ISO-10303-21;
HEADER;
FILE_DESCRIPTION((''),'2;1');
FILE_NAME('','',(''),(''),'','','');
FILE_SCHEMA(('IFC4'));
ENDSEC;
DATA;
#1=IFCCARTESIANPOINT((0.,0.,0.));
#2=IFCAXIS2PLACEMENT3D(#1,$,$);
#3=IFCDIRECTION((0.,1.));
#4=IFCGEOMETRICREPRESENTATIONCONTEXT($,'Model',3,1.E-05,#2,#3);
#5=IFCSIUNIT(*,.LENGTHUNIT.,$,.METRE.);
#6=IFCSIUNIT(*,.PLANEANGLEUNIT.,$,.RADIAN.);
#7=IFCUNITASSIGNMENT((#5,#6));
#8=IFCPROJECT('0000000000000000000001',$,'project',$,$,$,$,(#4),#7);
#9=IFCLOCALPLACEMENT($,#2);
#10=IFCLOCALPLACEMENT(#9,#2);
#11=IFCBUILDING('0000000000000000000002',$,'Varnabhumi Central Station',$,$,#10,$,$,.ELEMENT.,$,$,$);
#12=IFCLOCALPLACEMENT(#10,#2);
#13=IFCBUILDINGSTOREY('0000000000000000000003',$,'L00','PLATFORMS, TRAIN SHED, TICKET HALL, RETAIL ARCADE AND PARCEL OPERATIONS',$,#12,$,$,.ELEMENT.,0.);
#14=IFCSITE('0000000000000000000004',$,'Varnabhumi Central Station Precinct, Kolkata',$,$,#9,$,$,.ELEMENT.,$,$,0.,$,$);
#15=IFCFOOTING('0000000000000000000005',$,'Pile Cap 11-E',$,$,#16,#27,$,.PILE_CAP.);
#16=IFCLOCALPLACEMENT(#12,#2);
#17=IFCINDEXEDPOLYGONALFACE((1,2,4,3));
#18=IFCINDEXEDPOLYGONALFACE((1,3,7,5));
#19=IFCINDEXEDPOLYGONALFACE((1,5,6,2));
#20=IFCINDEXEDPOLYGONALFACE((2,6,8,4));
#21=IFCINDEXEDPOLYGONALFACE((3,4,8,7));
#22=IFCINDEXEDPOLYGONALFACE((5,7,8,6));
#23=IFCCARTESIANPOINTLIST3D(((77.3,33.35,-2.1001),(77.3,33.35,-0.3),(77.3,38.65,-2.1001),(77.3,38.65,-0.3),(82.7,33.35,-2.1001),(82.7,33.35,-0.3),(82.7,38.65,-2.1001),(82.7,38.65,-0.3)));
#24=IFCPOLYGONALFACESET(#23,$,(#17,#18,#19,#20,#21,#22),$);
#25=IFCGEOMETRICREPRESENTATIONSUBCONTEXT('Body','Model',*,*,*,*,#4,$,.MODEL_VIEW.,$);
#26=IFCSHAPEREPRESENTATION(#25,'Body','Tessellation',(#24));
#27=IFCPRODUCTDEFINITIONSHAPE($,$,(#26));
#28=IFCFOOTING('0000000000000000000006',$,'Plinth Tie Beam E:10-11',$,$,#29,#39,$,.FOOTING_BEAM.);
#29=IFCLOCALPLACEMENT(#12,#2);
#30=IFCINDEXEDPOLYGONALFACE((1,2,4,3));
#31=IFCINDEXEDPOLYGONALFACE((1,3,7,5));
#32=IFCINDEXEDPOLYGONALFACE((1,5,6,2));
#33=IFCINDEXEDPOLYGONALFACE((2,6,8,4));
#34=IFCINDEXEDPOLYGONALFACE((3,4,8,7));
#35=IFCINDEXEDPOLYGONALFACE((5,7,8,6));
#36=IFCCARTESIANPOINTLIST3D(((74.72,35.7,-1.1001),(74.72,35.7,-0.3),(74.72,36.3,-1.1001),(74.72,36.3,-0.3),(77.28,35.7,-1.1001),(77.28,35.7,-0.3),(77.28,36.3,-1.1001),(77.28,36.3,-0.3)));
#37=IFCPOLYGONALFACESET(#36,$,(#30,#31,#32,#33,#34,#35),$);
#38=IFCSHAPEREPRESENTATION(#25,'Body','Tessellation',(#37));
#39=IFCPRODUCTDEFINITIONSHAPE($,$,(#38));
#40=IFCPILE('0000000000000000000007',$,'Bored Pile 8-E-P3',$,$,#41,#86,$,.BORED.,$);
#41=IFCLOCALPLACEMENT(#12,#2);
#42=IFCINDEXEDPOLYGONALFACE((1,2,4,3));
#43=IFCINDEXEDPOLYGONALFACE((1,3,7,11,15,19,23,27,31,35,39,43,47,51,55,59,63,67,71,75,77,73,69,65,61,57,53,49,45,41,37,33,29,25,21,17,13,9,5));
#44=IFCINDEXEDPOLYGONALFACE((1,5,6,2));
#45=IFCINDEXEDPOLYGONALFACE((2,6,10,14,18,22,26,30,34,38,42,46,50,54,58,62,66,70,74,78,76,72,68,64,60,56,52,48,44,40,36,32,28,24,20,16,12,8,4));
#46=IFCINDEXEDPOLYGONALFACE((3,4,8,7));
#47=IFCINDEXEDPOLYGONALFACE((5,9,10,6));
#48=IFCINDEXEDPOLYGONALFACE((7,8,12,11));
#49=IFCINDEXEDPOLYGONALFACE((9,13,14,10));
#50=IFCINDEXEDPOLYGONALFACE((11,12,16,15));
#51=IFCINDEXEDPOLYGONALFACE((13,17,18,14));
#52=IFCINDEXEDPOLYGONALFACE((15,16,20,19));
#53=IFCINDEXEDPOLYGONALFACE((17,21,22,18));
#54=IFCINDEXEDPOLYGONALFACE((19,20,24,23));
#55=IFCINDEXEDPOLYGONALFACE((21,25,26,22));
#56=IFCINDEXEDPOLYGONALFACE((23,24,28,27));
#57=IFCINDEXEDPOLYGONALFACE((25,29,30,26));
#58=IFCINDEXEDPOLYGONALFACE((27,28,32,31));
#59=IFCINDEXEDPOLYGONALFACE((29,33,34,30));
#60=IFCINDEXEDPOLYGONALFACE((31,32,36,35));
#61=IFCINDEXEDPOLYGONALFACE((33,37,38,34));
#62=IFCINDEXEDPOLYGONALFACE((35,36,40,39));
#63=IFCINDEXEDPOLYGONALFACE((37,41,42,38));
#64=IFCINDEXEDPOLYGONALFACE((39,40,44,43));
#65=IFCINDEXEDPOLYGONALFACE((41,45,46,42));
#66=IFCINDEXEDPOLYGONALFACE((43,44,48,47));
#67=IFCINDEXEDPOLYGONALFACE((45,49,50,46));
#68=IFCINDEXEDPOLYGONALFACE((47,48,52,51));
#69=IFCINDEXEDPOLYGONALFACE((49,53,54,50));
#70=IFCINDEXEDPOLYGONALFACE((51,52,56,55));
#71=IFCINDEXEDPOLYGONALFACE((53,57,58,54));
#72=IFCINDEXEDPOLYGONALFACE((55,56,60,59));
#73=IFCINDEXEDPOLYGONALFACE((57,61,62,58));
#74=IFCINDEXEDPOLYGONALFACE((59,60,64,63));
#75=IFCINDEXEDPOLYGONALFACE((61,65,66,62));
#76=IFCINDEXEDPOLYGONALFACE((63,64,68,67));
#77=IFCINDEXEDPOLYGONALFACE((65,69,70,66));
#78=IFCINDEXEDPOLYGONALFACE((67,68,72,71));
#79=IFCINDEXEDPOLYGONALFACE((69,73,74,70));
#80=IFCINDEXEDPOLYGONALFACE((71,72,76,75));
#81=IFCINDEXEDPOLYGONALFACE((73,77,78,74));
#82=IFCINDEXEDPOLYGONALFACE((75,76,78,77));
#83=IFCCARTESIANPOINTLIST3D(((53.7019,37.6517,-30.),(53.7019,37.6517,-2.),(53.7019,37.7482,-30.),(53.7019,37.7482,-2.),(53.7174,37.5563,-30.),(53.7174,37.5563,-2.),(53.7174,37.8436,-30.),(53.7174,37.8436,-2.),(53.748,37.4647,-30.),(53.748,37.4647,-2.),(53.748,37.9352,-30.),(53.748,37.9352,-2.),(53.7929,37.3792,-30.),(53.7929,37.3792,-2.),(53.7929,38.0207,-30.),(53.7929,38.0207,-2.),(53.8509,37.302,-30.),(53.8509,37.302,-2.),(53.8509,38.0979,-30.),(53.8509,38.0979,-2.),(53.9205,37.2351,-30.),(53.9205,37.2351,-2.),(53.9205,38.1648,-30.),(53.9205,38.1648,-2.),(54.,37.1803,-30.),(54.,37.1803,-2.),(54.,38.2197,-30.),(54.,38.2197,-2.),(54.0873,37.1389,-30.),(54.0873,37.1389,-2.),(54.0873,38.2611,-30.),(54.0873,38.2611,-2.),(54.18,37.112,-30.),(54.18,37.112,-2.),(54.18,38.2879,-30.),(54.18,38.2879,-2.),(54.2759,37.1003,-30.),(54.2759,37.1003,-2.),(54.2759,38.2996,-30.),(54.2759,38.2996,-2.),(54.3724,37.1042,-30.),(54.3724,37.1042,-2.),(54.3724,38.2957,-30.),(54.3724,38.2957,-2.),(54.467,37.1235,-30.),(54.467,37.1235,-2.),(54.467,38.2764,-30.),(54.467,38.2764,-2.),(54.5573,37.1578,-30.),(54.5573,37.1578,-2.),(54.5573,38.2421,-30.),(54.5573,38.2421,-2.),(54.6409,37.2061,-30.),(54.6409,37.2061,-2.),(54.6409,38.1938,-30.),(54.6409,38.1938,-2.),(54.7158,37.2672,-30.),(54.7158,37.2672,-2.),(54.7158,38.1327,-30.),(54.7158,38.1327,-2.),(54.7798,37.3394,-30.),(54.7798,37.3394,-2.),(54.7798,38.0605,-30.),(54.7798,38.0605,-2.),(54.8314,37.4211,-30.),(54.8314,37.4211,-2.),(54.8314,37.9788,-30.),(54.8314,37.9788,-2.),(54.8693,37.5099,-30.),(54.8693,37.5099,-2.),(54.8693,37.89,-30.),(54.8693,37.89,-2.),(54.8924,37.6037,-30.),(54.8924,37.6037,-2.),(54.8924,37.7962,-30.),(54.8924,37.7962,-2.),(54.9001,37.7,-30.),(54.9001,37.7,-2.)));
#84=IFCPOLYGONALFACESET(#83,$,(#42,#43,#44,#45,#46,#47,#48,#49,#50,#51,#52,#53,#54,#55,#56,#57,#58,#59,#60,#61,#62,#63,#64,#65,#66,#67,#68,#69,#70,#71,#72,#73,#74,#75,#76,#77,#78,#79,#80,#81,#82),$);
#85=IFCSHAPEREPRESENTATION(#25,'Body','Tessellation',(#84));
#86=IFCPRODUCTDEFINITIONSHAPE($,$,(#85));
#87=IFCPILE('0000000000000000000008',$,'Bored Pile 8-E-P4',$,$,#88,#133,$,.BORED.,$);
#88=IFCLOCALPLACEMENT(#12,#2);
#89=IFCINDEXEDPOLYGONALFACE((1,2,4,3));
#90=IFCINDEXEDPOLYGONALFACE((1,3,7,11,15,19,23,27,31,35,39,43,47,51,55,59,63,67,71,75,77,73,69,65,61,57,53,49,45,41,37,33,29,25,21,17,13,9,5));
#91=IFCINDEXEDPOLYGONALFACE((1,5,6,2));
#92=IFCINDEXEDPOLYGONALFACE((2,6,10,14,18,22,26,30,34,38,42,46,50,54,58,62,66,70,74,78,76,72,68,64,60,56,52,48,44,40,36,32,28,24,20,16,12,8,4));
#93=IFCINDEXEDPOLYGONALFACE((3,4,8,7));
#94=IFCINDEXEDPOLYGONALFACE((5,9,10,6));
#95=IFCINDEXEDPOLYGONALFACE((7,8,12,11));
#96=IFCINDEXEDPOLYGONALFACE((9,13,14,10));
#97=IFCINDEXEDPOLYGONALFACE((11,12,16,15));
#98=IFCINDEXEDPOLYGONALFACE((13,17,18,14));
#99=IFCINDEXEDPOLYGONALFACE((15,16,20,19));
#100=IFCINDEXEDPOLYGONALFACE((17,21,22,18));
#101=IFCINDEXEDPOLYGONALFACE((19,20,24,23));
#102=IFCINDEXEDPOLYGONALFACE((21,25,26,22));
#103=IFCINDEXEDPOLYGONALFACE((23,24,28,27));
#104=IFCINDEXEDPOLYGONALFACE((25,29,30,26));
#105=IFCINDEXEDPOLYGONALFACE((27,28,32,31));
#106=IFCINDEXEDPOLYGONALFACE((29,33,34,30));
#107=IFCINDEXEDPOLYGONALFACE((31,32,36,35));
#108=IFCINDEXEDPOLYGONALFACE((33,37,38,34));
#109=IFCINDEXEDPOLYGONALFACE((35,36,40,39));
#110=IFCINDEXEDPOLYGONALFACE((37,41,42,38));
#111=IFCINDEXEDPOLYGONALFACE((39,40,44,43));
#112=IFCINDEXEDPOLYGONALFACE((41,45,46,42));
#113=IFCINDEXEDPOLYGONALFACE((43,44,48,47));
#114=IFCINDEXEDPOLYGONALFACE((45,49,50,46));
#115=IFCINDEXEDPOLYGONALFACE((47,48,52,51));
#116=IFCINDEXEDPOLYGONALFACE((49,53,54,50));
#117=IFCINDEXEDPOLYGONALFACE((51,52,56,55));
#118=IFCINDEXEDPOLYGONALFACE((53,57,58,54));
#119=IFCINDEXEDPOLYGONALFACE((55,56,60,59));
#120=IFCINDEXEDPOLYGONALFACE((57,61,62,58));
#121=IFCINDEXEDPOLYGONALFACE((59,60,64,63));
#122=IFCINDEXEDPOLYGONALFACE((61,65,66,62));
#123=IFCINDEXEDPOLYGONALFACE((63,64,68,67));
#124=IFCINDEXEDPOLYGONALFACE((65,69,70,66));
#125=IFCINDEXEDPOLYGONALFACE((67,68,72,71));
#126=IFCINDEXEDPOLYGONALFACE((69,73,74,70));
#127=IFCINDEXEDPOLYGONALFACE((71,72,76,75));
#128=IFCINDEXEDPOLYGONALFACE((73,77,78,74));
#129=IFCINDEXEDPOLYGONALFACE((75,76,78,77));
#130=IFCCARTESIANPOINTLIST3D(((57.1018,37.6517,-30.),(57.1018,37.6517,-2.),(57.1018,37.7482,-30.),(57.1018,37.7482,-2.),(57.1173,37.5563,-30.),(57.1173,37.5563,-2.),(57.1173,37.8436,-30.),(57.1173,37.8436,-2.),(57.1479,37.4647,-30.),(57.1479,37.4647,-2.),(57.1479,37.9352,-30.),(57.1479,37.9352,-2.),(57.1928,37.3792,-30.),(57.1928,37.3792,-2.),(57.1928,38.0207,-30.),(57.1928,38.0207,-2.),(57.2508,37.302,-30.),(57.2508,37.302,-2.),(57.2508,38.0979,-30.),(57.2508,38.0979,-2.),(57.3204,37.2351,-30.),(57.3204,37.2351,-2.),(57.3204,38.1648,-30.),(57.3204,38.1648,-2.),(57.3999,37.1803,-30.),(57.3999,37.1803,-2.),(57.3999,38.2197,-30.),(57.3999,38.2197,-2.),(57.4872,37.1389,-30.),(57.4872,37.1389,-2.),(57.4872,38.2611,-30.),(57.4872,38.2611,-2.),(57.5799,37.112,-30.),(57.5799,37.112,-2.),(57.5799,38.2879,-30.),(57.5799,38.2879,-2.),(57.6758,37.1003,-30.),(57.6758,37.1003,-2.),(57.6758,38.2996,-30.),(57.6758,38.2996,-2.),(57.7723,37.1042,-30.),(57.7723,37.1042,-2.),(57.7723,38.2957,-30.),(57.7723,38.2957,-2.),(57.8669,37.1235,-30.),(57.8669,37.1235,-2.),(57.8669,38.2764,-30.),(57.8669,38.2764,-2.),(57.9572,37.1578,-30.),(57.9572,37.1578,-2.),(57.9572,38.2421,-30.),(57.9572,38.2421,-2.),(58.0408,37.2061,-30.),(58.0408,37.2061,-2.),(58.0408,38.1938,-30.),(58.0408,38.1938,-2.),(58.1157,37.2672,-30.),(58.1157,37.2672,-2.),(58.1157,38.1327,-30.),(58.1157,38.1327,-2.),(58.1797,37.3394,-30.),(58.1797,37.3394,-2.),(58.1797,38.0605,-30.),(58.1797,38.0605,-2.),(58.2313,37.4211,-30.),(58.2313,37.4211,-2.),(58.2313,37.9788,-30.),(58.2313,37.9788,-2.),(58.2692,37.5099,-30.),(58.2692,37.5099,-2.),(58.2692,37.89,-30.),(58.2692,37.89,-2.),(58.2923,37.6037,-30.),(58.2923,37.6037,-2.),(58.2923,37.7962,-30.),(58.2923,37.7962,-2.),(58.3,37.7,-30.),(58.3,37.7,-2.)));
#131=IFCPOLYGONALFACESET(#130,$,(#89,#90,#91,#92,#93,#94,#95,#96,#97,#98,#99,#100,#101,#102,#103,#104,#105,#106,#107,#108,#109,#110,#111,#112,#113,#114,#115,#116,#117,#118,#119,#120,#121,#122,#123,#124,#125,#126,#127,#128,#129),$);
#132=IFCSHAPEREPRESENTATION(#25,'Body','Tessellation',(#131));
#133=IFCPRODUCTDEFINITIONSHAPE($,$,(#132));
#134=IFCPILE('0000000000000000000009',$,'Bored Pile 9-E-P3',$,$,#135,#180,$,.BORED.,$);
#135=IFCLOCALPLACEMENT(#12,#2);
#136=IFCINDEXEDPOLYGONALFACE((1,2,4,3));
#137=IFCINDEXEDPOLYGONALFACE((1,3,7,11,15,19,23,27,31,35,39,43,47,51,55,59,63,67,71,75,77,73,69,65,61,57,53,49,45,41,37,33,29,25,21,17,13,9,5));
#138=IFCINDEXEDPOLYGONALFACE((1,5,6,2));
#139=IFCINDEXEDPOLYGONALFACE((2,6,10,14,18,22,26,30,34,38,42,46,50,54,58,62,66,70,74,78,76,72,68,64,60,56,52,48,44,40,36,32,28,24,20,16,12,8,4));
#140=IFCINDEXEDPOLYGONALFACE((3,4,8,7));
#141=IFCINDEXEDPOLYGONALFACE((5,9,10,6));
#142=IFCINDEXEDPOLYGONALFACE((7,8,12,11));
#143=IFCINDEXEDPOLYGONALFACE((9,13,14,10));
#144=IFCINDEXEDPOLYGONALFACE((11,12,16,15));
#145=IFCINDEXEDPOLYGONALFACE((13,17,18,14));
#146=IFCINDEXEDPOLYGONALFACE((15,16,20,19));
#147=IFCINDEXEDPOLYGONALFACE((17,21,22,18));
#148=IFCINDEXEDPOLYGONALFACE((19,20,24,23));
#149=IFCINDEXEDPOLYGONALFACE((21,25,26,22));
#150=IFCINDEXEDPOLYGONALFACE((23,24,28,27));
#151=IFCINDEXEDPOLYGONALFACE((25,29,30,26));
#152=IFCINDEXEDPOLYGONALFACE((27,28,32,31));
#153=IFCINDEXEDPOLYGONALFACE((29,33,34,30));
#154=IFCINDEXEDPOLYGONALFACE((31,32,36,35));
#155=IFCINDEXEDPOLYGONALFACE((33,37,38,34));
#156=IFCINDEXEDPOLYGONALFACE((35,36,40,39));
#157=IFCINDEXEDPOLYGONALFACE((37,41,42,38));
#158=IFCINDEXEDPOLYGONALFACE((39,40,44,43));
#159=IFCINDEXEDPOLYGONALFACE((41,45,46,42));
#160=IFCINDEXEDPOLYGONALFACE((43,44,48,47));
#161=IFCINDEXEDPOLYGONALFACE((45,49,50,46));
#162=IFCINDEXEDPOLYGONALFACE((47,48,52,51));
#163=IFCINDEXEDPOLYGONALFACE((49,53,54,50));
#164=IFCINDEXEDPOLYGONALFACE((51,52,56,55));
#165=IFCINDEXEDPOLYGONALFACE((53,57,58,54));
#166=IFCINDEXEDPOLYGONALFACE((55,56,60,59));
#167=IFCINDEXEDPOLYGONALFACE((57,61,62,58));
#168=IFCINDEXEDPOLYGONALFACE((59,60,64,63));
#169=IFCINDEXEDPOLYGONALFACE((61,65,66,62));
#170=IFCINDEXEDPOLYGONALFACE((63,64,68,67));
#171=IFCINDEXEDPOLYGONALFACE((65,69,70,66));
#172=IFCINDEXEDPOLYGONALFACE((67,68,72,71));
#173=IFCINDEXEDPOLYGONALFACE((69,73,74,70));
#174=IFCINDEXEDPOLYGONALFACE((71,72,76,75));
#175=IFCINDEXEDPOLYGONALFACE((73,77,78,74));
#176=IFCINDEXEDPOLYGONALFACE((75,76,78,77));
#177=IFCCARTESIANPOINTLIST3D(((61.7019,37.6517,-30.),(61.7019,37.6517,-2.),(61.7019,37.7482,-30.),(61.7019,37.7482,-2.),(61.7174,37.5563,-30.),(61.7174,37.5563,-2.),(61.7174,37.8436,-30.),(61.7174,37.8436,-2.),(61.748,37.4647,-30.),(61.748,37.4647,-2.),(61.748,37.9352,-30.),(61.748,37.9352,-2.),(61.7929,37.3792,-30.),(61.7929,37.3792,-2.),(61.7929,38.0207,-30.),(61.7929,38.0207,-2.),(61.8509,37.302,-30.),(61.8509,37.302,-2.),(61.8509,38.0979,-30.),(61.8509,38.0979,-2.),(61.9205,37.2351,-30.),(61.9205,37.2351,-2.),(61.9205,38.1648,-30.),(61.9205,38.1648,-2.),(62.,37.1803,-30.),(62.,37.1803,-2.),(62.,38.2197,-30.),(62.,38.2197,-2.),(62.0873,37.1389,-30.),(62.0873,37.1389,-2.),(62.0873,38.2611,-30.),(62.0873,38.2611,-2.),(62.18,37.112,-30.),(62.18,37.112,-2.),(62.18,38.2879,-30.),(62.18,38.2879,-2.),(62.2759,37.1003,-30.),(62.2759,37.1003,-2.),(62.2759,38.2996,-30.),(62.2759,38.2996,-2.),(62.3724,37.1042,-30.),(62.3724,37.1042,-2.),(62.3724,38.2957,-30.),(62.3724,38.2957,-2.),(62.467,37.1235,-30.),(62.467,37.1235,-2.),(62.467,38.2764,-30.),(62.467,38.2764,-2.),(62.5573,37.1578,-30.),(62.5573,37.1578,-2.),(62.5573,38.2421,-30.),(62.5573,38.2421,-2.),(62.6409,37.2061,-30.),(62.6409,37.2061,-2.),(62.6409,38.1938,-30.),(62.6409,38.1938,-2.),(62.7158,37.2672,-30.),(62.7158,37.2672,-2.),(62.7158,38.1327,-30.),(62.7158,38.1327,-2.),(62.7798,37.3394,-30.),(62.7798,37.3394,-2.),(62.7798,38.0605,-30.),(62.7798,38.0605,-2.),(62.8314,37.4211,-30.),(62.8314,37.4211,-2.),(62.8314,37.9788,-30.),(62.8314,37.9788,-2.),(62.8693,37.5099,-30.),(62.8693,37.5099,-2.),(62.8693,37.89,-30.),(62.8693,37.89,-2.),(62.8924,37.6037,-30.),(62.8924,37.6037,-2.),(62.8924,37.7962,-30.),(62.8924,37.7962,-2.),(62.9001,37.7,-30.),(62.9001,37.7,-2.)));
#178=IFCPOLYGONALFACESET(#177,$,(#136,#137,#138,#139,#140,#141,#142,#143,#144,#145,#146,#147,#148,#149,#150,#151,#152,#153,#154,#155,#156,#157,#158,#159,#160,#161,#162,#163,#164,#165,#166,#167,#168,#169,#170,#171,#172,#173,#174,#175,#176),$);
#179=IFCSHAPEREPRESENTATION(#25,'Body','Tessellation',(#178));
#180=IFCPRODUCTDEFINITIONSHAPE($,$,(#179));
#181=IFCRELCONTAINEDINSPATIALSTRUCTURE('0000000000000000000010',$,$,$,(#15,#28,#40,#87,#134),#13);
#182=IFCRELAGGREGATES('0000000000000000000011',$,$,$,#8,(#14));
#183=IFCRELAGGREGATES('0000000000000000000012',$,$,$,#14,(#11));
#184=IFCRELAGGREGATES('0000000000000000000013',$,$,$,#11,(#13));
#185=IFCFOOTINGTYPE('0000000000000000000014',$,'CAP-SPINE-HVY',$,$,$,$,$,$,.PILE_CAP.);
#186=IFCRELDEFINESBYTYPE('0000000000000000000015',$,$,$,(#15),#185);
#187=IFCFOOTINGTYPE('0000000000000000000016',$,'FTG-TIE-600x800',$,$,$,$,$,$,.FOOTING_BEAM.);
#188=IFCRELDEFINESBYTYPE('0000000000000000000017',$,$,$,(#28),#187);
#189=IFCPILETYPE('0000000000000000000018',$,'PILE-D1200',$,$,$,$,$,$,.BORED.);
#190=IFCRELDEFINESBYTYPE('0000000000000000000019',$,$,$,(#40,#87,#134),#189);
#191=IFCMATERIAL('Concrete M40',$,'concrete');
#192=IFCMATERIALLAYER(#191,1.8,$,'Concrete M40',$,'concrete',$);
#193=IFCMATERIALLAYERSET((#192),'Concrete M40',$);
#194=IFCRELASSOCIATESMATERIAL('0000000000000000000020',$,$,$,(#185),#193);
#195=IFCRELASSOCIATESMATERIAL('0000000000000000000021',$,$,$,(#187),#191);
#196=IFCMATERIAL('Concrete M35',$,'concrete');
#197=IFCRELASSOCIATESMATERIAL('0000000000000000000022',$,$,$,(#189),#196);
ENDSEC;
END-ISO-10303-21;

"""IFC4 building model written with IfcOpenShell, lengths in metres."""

from ifc_helpers import new_model, si_unit, direction, frame, origin, origin_2d, place, context, subcontext, project, spatial, rectangle, circle, extrude, material, layer, layer_set, material_profile, profile_set, type_object, element, save


model = new_model("IFC4")

# Units and contexts
model_context = context("Model", 3, precision=1e-05, world=origin(), true_north=direction((0.0, 1.0)))
body_context = subcontext(model_context, "Body", "Model", "MODEL_VIEW")
ifc_project = project(units=[si_unit("LENGTHUNIT", "METRE"), si_unit("PLANEANGLEUNIT", "RADIAN")], contexts=[model_context])

# Site, building, storey
site_placement = place(None, origin())
site = spatial("IfcSite", under=ifc_project, at=site_placement, Name="Varnabhumi Central Station Precinct, Kolkata", CompositionType="ELEMENT", RefElevation=0.0)
building_placement = place(site_placement, origin())
building = spatial("IfcBuilding", under=site, at=building_placement, Name="Varnabhumi Central Station", CompositionType="ELEMENT")
storey_placement = place(building_placement, origin())
storey = spatial("IfcBuildingStorey", under=building, at=storey_placement, Name="L00", Description="PLATFORMS, TRAIN SHED, TICKET HALL, RETAIL ARCADE AND PARCEL OPERATIONS", CompositionType="ELEMENT", Elevation=0.0)

# Footings
ifc_material_1 = material(Name="Concrete M40", Category="concrete")
ifc_layer_1 = layer(ifc_material_1, 1.8, Name="Concrete M40", Category="concrete")
ifc_layer_set_1 = layer_set([ifc_layer_1], Name="Concrete M40")
footing_type_1 = type_object("IfcFootingType", Name="CAP-SPINE-HVY", PredefinedType="PILE_CAP", material=ifc_layer_set_1)
footing_1_placement = place(storey_placement, frame((80.0, 36.0, -2.1001), z_axis=(0.0, 0.0, 1.0), x_axis=(1.0, 0.0, 0.0)))
element("IfcFooting", 1, at=footing_1_placement, inside=storey, type_object=footing_type_1, Name="Pile Cap 11-E", PredefinedType="PILE_CAP", context=body_context, shape_type="SweptSolid", body=[
    extrude(rectangle(XDim=5.3999, YDim=5.3, at=origin_2d()), origin(), (0.0, 0.0, 1.0), 1.8),
])
footing_type_2 = type_object("IfcFootingType", Name="FTG-TIE-600x800", PredefinedType="FOOTING_BEAM", material=ifc_material_1)
footing_2_placement = place(storey_placement, frame((76.0, 36.0, -1.1001), z_axis=(0.0, 0.0, 1.0), x_axis=(1.0, 0.0, 0.0)))
element("IfcFooting", 2, at=footing_2_placement, inside=storey, type_object=footing_type_2, Name="Plinth Tie Beam E:10-11", PredefinedType="FOOTING_BEAM", context=body_context, shape_type="SweptSolid", body=[
    extrude(rectangle(XDim=2.5601, YDim=0.6001, at=origin_2d()), origin(), (0.0, 0.0, 1.0), 0.8),
])

# Piles
ifc_material_2 = material(Name="Concrete M35", Category="concrete")
ifc_material_profile_1 = material_profile(ifc_material_2, circle(Radius=0.6001, at=origin_2d()), Name="Concrete M35", Category="concrete")
ifc_profile_set_1 = profile_set([ifc_material_profile_1], Name="Concrete M35")
pile_type = type_object("IfcPileType", Name="PILE-D1200", PredefinedType="BORED", material=ifc_profile_set_1)
for number, where, z_axis, x_axis, name in (
    (3, (54.3, 37.7, -2.0), (0.0, 0.0, -1.0), (1.0, 0.0, 0.0), "Bored Pile 8-E-P3"),
    (4, (57.7, 37.7, -2.0), (0.0, 0.0, -1.0), (1.0, 0.0, 0.0), "Bored Pile 8-E-P4"),
    (5, (62.3, 37.7, -2.0), (0.0, 0.0, -1.0), (1.0, 0.0, 0.0), "Bored Pile 9-E-P3"),
):
    element("IfcPile", number, at=place(storey_placement, frame(where, z_axis=z_axis, x_axis=x_axis)), inside=storey, type_object=pile_type, Name=name, PredefinedType="BORED", context=body_context, shape_type="SweptSolid", body=[
        extrude(circle(Radius=0.6001, at=origin_2d()), origin(), (0.0, 0.0, 1.0), 28.0),
    ])

save(model, "model.ifc")
